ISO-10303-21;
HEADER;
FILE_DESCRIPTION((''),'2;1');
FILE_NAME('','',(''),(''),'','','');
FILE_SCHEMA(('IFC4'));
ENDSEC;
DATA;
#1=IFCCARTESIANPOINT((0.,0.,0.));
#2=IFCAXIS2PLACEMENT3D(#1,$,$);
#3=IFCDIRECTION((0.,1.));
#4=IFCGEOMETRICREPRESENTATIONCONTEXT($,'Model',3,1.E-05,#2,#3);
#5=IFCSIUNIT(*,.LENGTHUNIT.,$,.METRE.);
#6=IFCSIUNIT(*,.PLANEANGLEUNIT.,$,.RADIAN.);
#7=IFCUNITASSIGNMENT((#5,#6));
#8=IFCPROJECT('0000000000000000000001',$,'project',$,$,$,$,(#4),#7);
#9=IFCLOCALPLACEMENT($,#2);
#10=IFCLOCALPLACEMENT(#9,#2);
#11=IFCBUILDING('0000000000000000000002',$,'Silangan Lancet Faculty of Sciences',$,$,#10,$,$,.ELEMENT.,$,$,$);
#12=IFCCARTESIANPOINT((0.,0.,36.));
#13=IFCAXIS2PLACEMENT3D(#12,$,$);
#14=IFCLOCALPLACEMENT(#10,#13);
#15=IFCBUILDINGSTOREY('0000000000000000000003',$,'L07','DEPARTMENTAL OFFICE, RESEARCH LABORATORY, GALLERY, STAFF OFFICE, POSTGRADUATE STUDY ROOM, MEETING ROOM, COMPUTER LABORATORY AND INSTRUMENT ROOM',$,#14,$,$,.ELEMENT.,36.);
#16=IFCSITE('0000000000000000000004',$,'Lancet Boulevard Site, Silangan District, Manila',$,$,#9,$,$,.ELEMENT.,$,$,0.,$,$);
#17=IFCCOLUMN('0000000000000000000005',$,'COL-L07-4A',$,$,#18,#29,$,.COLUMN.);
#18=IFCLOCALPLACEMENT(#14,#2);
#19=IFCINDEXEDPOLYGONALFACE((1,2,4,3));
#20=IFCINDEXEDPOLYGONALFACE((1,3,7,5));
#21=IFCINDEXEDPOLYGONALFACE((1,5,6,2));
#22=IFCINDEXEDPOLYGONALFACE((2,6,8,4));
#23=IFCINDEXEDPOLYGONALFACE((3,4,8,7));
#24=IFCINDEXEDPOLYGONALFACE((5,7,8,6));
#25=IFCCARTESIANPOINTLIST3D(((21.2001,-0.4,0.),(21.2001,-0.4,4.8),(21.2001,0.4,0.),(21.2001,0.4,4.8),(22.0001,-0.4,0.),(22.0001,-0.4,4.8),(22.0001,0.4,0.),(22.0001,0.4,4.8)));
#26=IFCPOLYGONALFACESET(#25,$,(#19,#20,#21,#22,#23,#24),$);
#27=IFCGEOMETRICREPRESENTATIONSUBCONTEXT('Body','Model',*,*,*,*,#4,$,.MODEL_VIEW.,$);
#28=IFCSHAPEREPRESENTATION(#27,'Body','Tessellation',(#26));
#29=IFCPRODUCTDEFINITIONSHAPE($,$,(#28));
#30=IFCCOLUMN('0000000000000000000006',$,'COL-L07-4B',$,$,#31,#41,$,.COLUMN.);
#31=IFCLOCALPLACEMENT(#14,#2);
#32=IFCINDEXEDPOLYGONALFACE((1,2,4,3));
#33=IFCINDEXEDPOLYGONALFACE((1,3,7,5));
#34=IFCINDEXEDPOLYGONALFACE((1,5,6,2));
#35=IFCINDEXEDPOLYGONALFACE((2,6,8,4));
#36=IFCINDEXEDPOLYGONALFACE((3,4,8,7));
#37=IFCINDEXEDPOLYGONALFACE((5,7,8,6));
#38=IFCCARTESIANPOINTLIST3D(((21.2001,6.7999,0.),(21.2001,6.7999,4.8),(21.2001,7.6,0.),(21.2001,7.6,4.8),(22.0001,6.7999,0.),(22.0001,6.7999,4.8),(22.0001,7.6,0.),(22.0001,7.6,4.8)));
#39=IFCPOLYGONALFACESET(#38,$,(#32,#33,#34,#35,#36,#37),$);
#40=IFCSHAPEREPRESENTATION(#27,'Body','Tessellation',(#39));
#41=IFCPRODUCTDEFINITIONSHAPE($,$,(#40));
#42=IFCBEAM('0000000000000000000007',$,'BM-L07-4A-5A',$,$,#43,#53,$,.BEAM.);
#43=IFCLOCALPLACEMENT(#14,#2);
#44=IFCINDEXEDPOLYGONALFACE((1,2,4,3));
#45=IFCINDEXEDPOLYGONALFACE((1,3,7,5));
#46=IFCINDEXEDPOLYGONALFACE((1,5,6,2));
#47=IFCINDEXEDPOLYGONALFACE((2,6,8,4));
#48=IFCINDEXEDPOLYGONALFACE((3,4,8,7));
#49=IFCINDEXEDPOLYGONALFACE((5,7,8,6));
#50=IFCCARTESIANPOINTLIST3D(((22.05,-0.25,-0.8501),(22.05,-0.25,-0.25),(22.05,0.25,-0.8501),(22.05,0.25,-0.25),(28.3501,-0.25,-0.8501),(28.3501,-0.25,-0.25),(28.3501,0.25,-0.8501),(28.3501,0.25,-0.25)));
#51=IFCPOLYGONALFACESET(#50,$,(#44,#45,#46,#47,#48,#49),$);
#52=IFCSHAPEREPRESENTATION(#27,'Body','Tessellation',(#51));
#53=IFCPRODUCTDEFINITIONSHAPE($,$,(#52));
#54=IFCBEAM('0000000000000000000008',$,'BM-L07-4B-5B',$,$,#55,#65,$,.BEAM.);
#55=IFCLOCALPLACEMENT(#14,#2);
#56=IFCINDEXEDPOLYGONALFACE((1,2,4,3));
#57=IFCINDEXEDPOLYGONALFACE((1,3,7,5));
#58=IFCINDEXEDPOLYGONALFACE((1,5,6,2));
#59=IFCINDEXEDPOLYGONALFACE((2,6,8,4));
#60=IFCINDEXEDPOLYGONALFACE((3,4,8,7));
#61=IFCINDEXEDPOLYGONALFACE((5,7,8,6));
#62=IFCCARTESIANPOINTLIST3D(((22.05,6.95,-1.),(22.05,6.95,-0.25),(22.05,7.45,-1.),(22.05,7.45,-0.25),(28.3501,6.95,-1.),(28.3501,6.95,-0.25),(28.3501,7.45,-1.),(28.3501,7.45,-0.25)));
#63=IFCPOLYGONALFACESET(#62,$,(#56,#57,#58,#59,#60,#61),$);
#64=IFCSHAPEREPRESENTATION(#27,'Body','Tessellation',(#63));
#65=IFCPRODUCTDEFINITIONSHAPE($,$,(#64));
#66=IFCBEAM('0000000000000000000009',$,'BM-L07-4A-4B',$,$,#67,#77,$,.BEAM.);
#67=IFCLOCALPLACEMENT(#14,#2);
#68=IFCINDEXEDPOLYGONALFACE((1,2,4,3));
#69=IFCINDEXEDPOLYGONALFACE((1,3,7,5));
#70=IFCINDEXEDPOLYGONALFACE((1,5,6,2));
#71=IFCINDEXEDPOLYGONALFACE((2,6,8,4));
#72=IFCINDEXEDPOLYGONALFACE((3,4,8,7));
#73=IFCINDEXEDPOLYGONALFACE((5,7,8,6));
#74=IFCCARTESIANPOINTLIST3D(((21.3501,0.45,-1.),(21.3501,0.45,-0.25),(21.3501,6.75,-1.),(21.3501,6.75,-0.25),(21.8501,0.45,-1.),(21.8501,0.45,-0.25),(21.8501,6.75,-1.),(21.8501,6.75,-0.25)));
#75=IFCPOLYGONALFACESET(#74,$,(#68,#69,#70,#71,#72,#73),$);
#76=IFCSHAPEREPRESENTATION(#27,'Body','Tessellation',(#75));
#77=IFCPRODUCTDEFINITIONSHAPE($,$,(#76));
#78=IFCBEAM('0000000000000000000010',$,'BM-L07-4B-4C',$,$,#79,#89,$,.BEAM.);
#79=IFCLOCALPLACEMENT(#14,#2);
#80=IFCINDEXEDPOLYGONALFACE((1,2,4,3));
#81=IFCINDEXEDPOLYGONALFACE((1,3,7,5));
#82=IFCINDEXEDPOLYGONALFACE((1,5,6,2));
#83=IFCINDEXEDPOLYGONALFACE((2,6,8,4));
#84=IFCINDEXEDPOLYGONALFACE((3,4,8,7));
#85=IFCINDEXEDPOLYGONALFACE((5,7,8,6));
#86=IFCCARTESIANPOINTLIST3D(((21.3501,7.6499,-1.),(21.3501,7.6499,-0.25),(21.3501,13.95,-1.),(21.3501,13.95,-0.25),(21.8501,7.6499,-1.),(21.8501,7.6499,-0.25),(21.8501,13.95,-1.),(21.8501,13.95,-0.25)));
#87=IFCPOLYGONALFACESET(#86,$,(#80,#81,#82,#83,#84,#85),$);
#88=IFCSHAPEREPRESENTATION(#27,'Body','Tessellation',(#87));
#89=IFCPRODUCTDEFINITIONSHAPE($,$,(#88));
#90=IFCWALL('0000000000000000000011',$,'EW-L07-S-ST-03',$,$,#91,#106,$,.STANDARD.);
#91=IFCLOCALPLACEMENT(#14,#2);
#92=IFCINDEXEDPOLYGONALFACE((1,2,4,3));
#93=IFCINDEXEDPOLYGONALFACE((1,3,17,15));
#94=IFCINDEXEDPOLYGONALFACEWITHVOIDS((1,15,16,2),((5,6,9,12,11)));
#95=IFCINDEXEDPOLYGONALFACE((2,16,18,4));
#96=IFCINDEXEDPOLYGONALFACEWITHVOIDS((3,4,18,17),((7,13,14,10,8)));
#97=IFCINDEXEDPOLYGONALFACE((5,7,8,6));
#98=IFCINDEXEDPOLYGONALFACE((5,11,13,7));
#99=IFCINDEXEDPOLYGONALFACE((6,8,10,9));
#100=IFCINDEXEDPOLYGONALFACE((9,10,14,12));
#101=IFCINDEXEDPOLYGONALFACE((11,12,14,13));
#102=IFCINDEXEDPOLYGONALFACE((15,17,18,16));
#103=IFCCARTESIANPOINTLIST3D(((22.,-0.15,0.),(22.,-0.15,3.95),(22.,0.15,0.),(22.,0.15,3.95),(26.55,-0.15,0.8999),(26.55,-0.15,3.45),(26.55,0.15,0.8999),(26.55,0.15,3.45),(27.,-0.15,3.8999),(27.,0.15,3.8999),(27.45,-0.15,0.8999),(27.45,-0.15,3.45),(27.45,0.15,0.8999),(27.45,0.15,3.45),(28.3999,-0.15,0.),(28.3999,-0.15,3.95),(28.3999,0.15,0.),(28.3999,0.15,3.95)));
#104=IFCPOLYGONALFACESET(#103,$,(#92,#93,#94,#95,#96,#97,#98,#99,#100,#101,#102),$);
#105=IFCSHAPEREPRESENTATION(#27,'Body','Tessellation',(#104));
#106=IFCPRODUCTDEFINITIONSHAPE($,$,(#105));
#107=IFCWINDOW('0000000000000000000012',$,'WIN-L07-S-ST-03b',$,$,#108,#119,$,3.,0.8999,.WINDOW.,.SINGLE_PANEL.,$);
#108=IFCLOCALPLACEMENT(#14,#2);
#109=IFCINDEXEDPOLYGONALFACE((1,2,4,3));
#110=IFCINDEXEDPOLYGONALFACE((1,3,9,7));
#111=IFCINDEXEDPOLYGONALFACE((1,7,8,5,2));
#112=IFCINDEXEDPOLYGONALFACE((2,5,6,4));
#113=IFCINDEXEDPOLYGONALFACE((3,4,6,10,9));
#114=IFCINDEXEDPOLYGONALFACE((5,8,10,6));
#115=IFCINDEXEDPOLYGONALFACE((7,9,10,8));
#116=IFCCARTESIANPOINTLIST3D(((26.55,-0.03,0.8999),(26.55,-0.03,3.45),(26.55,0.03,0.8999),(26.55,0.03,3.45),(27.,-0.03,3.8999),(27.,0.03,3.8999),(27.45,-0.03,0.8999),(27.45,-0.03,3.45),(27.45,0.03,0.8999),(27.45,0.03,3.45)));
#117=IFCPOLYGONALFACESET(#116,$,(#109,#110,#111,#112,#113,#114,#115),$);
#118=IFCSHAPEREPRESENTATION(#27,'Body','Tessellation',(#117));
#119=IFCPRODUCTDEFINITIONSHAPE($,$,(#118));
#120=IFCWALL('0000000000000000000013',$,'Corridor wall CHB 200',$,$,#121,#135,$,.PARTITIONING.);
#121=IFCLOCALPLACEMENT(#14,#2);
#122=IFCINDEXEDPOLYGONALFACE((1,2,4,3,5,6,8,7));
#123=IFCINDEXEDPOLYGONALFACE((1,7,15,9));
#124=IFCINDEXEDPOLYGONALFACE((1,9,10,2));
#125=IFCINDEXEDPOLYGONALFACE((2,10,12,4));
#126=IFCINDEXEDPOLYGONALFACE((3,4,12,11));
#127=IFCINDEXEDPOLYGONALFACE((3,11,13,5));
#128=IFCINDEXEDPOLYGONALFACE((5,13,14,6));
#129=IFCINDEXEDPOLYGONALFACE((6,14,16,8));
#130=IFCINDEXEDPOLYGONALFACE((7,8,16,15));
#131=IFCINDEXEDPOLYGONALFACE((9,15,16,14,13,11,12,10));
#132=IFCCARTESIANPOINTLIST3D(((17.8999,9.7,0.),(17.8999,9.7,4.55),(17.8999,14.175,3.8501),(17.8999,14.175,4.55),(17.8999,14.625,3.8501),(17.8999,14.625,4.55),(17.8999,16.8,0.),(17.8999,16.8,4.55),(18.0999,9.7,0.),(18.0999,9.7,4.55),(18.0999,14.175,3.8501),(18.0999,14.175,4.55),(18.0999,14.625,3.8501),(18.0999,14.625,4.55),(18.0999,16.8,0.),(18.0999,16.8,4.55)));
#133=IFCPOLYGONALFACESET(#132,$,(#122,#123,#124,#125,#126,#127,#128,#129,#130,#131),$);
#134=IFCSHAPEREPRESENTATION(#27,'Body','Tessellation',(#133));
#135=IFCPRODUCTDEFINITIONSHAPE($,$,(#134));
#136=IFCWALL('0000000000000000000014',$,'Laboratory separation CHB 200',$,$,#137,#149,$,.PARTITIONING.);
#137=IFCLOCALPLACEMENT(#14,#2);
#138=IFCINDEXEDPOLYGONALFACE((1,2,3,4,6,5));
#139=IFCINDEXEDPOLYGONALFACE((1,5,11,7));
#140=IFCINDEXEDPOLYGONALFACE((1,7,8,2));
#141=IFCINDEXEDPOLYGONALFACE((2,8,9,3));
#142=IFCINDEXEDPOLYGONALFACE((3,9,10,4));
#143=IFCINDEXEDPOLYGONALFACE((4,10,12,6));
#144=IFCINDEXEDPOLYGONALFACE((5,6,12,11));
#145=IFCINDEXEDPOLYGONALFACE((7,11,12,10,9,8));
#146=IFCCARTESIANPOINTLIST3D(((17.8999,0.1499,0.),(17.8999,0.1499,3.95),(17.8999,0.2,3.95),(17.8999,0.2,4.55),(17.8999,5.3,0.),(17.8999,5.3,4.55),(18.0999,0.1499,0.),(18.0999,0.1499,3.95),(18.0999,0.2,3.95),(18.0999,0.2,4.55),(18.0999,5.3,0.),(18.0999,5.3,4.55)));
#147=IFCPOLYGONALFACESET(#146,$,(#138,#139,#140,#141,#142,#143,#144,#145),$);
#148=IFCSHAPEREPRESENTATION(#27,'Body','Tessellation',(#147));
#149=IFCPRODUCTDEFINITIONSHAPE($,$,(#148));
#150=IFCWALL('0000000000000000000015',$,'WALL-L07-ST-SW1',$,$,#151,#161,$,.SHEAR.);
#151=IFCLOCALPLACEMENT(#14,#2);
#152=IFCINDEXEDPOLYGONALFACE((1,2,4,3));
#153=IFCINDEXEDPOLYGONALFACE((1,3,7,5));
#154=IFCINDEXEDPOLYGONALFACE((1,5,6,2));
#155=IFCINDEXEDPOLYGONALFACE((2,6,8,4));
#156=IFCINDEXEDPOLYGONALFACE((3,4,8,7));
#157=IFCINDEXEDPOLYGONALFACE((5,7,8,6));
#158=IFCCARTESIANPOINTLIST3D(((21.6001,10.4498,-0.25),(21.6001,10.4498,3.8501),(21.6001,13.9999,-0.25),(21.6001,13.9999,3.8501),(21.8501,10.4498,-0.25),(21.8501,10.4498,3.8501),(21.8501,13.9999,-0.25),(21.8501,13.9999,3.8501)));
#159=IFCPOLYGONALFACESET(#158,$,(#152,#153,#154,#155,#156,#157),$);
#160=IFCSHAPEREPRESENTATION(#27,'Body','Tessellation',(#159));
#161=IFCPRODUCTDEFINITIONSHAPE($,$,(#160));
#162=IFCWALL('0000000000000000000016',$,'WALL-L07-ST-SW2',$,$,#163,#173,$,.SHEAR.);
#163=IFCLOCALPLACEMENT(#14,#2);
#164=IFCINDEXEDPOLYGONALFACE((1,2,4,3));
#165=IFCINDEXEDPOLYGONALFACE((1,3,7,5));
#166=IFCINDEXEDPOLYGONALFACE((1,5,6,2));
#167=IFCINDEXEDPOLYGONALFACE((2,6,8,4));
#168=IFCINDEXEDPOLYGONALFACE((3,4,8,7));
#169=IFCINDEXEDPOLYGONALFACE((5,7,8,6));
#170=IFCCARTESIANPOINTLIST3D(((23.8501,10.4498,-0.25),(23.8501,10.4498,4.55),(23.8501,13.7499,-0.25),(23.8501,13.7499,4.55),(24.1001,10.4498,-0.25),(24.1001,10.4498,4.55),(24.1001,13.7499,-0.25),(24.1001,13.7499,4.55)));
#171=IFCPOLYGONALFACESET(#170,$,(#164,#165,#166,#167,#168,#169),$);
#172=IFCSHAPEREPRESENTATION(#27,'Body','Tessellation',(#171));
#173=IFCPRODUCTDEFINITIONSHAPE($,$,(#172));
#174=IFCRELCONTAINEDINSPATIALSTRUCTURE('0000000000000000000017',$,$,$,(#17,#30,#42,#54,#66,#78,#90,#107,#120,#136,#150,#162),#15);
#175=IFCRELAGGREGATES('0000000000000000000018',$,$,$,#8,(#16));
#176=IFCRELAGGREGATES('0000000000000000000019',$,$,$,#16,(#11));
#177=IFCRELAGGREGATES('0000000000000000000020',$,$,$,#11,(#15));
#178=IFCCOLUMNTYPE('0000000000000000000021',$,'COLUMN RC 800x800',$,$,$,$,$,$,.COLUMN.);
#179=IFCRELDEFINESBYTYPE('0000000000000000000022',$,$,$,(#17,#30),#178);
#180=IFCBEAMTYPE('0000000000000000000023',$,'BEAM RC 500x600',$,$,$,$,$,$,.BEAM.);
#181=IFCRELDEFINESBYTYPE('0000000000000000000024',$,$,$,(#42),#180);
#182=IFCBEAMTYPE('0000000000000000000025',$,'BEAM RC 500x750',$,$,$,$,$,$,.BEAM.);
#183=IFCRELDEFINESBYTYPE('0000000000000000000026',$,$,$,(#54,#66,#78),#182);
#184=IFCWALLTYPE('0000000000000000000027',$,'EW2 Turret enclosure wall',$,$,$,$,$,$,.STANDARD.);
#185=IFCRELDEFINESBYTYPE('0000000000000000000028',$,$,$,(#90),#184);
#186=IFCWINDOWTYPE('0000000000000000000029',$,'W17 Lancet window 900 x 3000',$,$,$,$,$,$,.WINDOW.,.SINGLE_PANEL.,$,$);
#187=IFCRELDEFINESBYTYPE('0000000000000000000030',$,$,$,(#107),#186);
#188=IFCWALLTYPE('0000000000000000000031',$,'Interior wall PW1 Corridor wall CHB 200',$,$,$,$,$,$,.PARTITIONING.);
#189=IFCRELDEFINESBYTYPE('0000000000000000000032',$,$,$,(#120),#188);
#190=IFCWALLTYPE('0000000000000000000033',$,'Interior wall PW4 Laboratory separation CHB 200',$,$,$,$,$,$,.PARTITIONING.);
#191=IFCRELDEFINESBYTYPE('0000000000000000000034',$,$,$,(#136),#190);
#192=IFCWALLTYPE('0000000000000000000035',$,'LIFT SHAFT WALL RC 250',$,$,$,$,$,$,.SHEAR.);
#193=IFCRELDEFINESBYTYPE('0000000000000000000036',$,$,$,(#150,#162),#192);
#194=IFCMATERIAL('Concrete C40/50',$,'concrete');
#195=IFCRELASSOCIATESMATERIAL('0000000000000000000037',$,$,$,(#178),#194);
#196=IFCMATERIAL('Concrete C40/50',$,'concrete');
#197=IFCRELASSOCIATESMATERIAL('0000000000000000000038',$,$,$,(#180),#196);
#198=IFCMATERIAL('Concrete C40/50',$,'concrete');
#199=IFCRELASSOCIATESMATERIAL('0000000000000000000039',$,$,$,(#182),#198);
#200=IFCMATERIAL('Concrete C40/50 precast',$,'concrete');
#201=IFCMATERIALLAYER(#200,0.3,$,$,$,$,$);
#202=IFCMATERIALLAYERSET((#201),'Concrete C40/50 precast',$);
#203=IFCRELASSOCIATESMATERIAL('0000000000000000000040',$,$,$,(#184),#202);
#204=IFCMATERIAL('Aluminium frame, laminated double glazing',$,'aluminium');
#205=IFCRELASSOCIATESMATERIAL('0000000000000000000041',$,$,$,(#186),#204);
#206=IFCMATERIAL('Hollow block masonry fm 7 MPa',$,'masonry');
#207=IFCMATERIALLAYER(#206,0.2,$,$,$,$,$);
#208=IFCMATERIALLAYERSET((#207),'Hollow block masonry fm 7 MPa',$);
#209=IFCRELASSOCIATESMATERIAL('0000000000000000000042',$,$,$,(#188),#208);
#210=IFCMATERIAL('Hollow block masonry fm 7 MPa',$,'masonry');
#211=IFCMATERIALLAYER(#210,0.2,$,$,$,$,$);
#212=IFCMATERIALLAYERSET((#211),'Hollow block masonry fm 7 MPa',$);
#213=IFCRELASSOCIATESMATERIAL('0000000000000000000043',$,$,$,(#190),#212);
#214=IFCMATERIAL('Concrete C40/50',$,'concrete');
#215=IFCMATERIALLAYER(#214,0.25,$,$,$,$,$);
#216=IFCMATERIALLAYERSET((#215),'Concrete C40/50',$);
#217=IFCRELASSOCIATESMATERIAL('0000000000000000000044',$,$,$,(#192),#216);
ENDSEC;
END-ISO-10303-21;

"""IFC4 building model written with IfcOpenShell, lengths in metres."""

from ifc_helpers import new_model, si_unit, direction, frame, frame_2d, origin, origin_2d, place, context, subcontext, project, spatial, polyline, rectangle, outline, extrude, material, layer, layer_set, material_profile, profile_set, type_object, element, fill, save


model = new_model("IFC4")

# Units and contexts
model_context = context("Model", 3, precision=1e-05, world=origin(), true_north=direction((0.0, 1.0)))
body_context = subcontext(model_context, "Body", "Model", "MODEL_VIEW")
ifc_project = project(units=[si_unit("LENGTHUNIT", "METRE"), si_unit("PLANEANGLEUNIT", "RADIAN")], contexts=[model_context])

# Site, building, storey
site_placement = place(None, origin())
site = spatial("IfcSite", under=ifc_project, at=site_placement, Name="Lancet Boulevard Site, Silangan District, Manila", CompositionType="ELEMENT", RefElevation=0.0)
building_placement = place(site_placement, origin())
building = spatial("IfcBuilding", under=site, at=building_placement, Name="Silangan Lancet Faculty of Sciences", CompositionType="ELEMENT")
storey_placement = place(building_placement, frame((0.0, 0.0, 36.0)))
storey = spatial("IfcBuildingStorey", under=building, at=storey_placement, Name="L07", Description="DEPARTMENTAL OFFICE, RESEARCH LABORATORY, GALLERY, STAFF OFFICE, POSTGRADUATE STUDY ROOM, MEETING ROOM, COMPUTER LABORATORY AND INSTRUMENT ROOM", CompositionType="ELEMENT", Elevation=36.0)

# Columns
ifc_material_1 = material(Name="Concrete C40/50", Category="concrete")
ifc_material_profile_1 = material_profile(ifc_material_1, rectangle(XDim=0.8, YDim=0.8, at=origin_2d()), Name="RC 800x800")
ifc_profile_set_1 = profile_set([ifc_material_profile_1], Name="Concrete C40/50")
column_type = type_object("IfcColumnType", Name="COLUMN RC 800x800", PredefinedType="COLUMN", material=ifc_profile_set_1)
for number, where, z_axis, x_axis, name in (
    (1, (21.6001, 0.0, 0.0), (0.0, 0.0, 1.0), (1.0, 0.0, 0.0), "COL-L07-4A"),
    (2, (21.6001, 7.2, 0.0), (0.0, 0.0, 1.0), (1.0, 0.0, 0.0), "COL-L07-4B"),
):
    element("IfcColumn", number, at=place(storey_placement, frame(where, z_axis=z_axis, x_axis=x_axis)), inside=storey, type_object=column_type, Name=name, PredefinedType="COLUMN", context=body_context, shape_type="SweptSolid", body=[
        extrude(rectangle(XDim=0.8, YDim=0.8, at=origin_2d()), origin(), (0.0, 0.0, 1.0), 4.8),
    ])

# Beams
ifc_material_2 = material(Name="Concrete C40/50", Category="concrete")
ifc_material_profile_2 = material_profile(ifc_material_2, rectangle(XDim=0.5, YDim=0.6001, at=origin_2d()), Name="RC 500x600")
ifc_profile_set_2 = profile_set([ifc_material_profile_2], Name="Concrete C40/50")
beam_type_1 = type_object("IfcBeamType", Name="BEAM RC 500x600", PredefinedType="BEAM", material=ifc_profile_set_2)
beam_placement = place(storey_placement, frame((22.05, 0.0, -0.55), z_axis=(1.0, 0.0, 0.0), x_axis=(0.0, 1.0, 0.0)))
element("IfcBeam", 3, at=beam_placement, inside=storey, type_object=beam_type_1, Name="BM-L07-4A-5A", PredefinedType="BEAM", context=body_context, shape_type="SweptSolid", body=[
    extrude(rectangle(XDim=0.5, YDim=0.6001, at=origin_2d()), origin(), (0.0, 0.0, 1.0), 6.3),
])
ifc_material_3 = material(Name="Concrete C40/50", Category="concrete")
ifc_material_profile_3 = material_profile(ifc_material_3, rectangle(XDim=0.5, YDim=0.75, at=origin_2d()), Name="RC 500x750")
ifc_profile_set_3 = profile_set([ifc_material_profile_3], Name="Concrete C40/50")
beam_type_2 = type_object("IfcBeamType", Name="BEAM RC 500x750", PredefinedType="BEAM", material=ifc_profile_set_3)
for number, where, z_axis, x_axis, name in (
    (4, (22.05, 7.2, -0.625), (1.0, 0.0, 0.0), (0.0, 1.0, 0.0), "BM-L07-4B-5B"),
    (5, (21.6001, 0.45, -0.625), (0.0, 1.0, 0.0), (-1.0, 0.0, 0.0), "BM-L07-4A-4B"),
    (6, (21.6001, 7.6499, -0.625), (0.0, 1.0, 0.0), (-1.0, 0.0, 0.0), "BM-L07-4B-4C"),
):
    element("IfcBeam", number, at=place(storey_placement, frame(where, z_axis=z_axis, x_axis=x_axis)), inside=storey, type_object=beam_type_2, Name=name, PredefinedType="BEAM", context=body_context, shape_type="SweptSolid", body=[
        extrude(rectangle(XDim=0.5, YDim=0.75, at=origin_2d()), origin(), (0.0, 0.0, 1.0), 6.3),
    ])

# Wall, opening, window
ifc_material_4 = material(Name="Concrete C40/50 precast", Category="concrete")
ifc_layer_1 = layer(ifc_material_4, 0.3)
ifc_layer_set_1 = layer_set([ifc_layer_1], Name="Concrete C40/50 precast")
wall_type_1 = type_object("IfcWallType", Name="EW2 Turret enclosure wall", PredefinedType="STANDARD", material=ifc_layer_set_1)
wall_1_placement = place(storey_placement, frame((22.0, 0.0, 0.0), z_axis=(0.0, 0.0, 1.0), x_axis=(1.0, 0.0, 0.0)))
wall_1 = element("IfcWall", 7, at=wall_1_placement, inside=storey, type_object=wall_type_1, Name="EW-L07-S-ST-03", PredefinedType="STANDARD", context=body_context, shape_type="SweptSolid", body=[
    extrude(rectangle(XDim=6.3999, YDim=0.3, at=frame_2d((3.2, 0.0))), origin(), (0.0, 0.0, 1.0), 3.95),
])
opening_1_placement = place(wall_1_placement, frame((4.55, 0.0, 0.8999)))
opening_1 = element("IfcOpeningElement", 8, at=opening_1_placement, cuts=wall_1, PredefinedType="OPENING", context=body_context, shape_type="SweptSolid", body=[
    extrude(outline(polyline([(0.0, 0.0), (0.8999, 0.0), (0.8999, 2.55), (0.45, 3.0), (0.0, 2.55), (0.0, 0.0)])), frame((0.0, 0.1599, 0.0), z_axis=(0.0, -1.0, 0.0), x_axis=(1.0, 0.0, 0.0)), (0.0, 0.0, 1.0), 0.3201),
])
ifc_material_5 = material(Name="Aluminium frame, laminated double glazing", Category="aluminium")
window_type = type_object("IfcWindowType", Name="W17 Lancet window 900 x 3000", PartitioningType="SINGLE_PANEL", PredefinedType="WINDOW", material=ifc_material_5)
window_placement = place(opening_1_placement, origin())
window = element("IfcWindow", 9, at=window_placement, inside=storey, type_object=window_type, Name="WIN-L07-S-ST-03b", OverallHeight=3.0, OverallWidth=0.8999, PartitioningType="SINGLE_PANEL", PredefinedType="WINDOW", context=body_context, shape_type="SweptSolid", body=[
    extrude(outline(polyline([(0.0, 0.0), (0.8999, 0.0), (0.8999, 2.55), (0.45, 3.0), (0.0, 2.55), (0.0, 0.0)])), frame((0.0, 0.03, 0.0), z_axis=(0.0, -1.0, 0.0), x_axis=(1.0, 0.0, 0.0)), (0.0, 0.0, 1.0), 0.0601),
])
fill(opening_1, window)

# Walls
ifc_material_6 = material(Name="Hollow block masonry fm 7 MPa", Category="masonry")
ifc_layer_2 = layer(ifc_material_6, 0.2)
ifc_layer_set_2 = layer_set([ifc_layer_2], Name="Hollow block masonry fm 7 MPa")
wall_type_2 = type_object("IfcWallType", Name="Interior wall PW1 Corridor wall CHB 200", PredefinedType="PARTITIONING", material=ifc_layer_set_2)
wall_2_placement = place(storey_placement, frame((18.0, 9.7, 0.0), z_axis=(0.0, 0.0, 1.0), x_axis=(0.0, 1.0, 0.0)))
element("IfcWall", 10, at=wall_2_placement, inside=storey, type_object=wall_type_2, Name="Corridor wall CHB 200", PredefinedType="PARTITIONING", context=body_context, shape_type="SweptSolid", body=[
    extrude(outline(polyline([(0.0, 0.0), (7.1001, 0.0), (7.1001, 4.55), (4.925, 4.55), (4.925, 3.8501), (4.4751, 3.8501), (4.4751, 4.55), (0.0, 4.55), (0.0, 0.0)])), frame((0.0, 0.1001, 0.0), z_axis=(0.0, -1.0, 0.0), x_axis=(1.0, 0.0, 0.0)), (0.0, 0.0, 1.0), 0.2),
])
ifc_material_7 = material(Name="Hollow block masonry fm 7 MPa", Category="masonry")
ifc_layer_3 = layer(ifc_material_7, 0.2)
ifc_layer_set_3 = layer_set([ifc_layer_3], Name="Hollow block masonry fm 7 MPa")
wall_type_3 = type_object("IfcWallType", Name="Interior wall PW4 Laboratory separation CHB 200", PredefinedType="PARTITIONING", material=ifc_layer_set_3)
wall_3_placement = place(storey_placement, frame((18.0, 0.1499, 0.0), z_axis=(0.0, 0.0, 1.0), x_axis=(0.0, 1.0, 0.0)))
element("IfcWall", 11, at=wall_3_placement, inside=storey, type_object=wall_type_3, Name="Laboratory separation CHB 200", PredefinedType="PARTITIONING", context=body_context, shape_type="SweptSolid", body=[
    extrude(outline(polyline([(0.0, 0.0), (5.1501, 0.0), (5.1501, 4.55), (0.05, 4.55), (0.05, 3.95), (0.0, 3.95), (0.0, 0.0)])), frame((0.0, 0.1001, 0.0), z_axis=(0.0, -1.0, 0.0), x_axis=(1.0, 0.0, 0.0)), (0.0, 0.0, 1.0), 0.2),
])

# Walls
ifc_material_8 = material(Name="Concrete C40/50", Category="concrete")
ifc_layer_4 = layer(ifc_material_8, 0.25)
ifc_layer_set_4 = layer_set([ifc_layer_4], Name="Concrete C40/50")
wall_type_4 = type_object("IfcWallType", Name="LIFT SHAFT WALL RC 250", PredefinedType="SHEAR", material=ifc_layer_set_4)
wall_4_placement = place(storey_placement, frame((21.7251, 10.45, -0.25), z_axis=(0.0, 0.0, 1.0), x_axis=(0.0, 1.0, 0.0)))
element("IfcWall", 12, at=wall_4_placement, inside=storey, type_object=wall_type_4, Name="WALL-L07-ST-SW1", PredefinedType="SHEAR", context=body_context, shape_type="SweptSolid", body=[
    extrude(rectangle(XDim=3.55, YDim=0.25, at=frame_2d((1.7749, 0.0))), origin(), (0.0, 0.0, 1.0), 4.1001),
])
wall_5_placement = place(storey_placement, frame((23.9751, 10.45, -0.25), z_axis=(0.0, 0.0, 1.0), x_axis=(0.0, 1.0, 0.0)))
element("IfcWall", 13, at=wall_5_placement, inside=storey, type_object=wall_type_4, Name="WALL-L07-ST-SW2", PredefinedType="SHEAR", context=body_context, shape_type="SweptSolid", body=[
    extrude(rectangle(XDim=3.3, YDim=0.25, at=frame_2d((1.6499, 0.0))), origin(), (0.0, 0.0, 1.0), 4.8),
])

save(model, "model.ifc")
